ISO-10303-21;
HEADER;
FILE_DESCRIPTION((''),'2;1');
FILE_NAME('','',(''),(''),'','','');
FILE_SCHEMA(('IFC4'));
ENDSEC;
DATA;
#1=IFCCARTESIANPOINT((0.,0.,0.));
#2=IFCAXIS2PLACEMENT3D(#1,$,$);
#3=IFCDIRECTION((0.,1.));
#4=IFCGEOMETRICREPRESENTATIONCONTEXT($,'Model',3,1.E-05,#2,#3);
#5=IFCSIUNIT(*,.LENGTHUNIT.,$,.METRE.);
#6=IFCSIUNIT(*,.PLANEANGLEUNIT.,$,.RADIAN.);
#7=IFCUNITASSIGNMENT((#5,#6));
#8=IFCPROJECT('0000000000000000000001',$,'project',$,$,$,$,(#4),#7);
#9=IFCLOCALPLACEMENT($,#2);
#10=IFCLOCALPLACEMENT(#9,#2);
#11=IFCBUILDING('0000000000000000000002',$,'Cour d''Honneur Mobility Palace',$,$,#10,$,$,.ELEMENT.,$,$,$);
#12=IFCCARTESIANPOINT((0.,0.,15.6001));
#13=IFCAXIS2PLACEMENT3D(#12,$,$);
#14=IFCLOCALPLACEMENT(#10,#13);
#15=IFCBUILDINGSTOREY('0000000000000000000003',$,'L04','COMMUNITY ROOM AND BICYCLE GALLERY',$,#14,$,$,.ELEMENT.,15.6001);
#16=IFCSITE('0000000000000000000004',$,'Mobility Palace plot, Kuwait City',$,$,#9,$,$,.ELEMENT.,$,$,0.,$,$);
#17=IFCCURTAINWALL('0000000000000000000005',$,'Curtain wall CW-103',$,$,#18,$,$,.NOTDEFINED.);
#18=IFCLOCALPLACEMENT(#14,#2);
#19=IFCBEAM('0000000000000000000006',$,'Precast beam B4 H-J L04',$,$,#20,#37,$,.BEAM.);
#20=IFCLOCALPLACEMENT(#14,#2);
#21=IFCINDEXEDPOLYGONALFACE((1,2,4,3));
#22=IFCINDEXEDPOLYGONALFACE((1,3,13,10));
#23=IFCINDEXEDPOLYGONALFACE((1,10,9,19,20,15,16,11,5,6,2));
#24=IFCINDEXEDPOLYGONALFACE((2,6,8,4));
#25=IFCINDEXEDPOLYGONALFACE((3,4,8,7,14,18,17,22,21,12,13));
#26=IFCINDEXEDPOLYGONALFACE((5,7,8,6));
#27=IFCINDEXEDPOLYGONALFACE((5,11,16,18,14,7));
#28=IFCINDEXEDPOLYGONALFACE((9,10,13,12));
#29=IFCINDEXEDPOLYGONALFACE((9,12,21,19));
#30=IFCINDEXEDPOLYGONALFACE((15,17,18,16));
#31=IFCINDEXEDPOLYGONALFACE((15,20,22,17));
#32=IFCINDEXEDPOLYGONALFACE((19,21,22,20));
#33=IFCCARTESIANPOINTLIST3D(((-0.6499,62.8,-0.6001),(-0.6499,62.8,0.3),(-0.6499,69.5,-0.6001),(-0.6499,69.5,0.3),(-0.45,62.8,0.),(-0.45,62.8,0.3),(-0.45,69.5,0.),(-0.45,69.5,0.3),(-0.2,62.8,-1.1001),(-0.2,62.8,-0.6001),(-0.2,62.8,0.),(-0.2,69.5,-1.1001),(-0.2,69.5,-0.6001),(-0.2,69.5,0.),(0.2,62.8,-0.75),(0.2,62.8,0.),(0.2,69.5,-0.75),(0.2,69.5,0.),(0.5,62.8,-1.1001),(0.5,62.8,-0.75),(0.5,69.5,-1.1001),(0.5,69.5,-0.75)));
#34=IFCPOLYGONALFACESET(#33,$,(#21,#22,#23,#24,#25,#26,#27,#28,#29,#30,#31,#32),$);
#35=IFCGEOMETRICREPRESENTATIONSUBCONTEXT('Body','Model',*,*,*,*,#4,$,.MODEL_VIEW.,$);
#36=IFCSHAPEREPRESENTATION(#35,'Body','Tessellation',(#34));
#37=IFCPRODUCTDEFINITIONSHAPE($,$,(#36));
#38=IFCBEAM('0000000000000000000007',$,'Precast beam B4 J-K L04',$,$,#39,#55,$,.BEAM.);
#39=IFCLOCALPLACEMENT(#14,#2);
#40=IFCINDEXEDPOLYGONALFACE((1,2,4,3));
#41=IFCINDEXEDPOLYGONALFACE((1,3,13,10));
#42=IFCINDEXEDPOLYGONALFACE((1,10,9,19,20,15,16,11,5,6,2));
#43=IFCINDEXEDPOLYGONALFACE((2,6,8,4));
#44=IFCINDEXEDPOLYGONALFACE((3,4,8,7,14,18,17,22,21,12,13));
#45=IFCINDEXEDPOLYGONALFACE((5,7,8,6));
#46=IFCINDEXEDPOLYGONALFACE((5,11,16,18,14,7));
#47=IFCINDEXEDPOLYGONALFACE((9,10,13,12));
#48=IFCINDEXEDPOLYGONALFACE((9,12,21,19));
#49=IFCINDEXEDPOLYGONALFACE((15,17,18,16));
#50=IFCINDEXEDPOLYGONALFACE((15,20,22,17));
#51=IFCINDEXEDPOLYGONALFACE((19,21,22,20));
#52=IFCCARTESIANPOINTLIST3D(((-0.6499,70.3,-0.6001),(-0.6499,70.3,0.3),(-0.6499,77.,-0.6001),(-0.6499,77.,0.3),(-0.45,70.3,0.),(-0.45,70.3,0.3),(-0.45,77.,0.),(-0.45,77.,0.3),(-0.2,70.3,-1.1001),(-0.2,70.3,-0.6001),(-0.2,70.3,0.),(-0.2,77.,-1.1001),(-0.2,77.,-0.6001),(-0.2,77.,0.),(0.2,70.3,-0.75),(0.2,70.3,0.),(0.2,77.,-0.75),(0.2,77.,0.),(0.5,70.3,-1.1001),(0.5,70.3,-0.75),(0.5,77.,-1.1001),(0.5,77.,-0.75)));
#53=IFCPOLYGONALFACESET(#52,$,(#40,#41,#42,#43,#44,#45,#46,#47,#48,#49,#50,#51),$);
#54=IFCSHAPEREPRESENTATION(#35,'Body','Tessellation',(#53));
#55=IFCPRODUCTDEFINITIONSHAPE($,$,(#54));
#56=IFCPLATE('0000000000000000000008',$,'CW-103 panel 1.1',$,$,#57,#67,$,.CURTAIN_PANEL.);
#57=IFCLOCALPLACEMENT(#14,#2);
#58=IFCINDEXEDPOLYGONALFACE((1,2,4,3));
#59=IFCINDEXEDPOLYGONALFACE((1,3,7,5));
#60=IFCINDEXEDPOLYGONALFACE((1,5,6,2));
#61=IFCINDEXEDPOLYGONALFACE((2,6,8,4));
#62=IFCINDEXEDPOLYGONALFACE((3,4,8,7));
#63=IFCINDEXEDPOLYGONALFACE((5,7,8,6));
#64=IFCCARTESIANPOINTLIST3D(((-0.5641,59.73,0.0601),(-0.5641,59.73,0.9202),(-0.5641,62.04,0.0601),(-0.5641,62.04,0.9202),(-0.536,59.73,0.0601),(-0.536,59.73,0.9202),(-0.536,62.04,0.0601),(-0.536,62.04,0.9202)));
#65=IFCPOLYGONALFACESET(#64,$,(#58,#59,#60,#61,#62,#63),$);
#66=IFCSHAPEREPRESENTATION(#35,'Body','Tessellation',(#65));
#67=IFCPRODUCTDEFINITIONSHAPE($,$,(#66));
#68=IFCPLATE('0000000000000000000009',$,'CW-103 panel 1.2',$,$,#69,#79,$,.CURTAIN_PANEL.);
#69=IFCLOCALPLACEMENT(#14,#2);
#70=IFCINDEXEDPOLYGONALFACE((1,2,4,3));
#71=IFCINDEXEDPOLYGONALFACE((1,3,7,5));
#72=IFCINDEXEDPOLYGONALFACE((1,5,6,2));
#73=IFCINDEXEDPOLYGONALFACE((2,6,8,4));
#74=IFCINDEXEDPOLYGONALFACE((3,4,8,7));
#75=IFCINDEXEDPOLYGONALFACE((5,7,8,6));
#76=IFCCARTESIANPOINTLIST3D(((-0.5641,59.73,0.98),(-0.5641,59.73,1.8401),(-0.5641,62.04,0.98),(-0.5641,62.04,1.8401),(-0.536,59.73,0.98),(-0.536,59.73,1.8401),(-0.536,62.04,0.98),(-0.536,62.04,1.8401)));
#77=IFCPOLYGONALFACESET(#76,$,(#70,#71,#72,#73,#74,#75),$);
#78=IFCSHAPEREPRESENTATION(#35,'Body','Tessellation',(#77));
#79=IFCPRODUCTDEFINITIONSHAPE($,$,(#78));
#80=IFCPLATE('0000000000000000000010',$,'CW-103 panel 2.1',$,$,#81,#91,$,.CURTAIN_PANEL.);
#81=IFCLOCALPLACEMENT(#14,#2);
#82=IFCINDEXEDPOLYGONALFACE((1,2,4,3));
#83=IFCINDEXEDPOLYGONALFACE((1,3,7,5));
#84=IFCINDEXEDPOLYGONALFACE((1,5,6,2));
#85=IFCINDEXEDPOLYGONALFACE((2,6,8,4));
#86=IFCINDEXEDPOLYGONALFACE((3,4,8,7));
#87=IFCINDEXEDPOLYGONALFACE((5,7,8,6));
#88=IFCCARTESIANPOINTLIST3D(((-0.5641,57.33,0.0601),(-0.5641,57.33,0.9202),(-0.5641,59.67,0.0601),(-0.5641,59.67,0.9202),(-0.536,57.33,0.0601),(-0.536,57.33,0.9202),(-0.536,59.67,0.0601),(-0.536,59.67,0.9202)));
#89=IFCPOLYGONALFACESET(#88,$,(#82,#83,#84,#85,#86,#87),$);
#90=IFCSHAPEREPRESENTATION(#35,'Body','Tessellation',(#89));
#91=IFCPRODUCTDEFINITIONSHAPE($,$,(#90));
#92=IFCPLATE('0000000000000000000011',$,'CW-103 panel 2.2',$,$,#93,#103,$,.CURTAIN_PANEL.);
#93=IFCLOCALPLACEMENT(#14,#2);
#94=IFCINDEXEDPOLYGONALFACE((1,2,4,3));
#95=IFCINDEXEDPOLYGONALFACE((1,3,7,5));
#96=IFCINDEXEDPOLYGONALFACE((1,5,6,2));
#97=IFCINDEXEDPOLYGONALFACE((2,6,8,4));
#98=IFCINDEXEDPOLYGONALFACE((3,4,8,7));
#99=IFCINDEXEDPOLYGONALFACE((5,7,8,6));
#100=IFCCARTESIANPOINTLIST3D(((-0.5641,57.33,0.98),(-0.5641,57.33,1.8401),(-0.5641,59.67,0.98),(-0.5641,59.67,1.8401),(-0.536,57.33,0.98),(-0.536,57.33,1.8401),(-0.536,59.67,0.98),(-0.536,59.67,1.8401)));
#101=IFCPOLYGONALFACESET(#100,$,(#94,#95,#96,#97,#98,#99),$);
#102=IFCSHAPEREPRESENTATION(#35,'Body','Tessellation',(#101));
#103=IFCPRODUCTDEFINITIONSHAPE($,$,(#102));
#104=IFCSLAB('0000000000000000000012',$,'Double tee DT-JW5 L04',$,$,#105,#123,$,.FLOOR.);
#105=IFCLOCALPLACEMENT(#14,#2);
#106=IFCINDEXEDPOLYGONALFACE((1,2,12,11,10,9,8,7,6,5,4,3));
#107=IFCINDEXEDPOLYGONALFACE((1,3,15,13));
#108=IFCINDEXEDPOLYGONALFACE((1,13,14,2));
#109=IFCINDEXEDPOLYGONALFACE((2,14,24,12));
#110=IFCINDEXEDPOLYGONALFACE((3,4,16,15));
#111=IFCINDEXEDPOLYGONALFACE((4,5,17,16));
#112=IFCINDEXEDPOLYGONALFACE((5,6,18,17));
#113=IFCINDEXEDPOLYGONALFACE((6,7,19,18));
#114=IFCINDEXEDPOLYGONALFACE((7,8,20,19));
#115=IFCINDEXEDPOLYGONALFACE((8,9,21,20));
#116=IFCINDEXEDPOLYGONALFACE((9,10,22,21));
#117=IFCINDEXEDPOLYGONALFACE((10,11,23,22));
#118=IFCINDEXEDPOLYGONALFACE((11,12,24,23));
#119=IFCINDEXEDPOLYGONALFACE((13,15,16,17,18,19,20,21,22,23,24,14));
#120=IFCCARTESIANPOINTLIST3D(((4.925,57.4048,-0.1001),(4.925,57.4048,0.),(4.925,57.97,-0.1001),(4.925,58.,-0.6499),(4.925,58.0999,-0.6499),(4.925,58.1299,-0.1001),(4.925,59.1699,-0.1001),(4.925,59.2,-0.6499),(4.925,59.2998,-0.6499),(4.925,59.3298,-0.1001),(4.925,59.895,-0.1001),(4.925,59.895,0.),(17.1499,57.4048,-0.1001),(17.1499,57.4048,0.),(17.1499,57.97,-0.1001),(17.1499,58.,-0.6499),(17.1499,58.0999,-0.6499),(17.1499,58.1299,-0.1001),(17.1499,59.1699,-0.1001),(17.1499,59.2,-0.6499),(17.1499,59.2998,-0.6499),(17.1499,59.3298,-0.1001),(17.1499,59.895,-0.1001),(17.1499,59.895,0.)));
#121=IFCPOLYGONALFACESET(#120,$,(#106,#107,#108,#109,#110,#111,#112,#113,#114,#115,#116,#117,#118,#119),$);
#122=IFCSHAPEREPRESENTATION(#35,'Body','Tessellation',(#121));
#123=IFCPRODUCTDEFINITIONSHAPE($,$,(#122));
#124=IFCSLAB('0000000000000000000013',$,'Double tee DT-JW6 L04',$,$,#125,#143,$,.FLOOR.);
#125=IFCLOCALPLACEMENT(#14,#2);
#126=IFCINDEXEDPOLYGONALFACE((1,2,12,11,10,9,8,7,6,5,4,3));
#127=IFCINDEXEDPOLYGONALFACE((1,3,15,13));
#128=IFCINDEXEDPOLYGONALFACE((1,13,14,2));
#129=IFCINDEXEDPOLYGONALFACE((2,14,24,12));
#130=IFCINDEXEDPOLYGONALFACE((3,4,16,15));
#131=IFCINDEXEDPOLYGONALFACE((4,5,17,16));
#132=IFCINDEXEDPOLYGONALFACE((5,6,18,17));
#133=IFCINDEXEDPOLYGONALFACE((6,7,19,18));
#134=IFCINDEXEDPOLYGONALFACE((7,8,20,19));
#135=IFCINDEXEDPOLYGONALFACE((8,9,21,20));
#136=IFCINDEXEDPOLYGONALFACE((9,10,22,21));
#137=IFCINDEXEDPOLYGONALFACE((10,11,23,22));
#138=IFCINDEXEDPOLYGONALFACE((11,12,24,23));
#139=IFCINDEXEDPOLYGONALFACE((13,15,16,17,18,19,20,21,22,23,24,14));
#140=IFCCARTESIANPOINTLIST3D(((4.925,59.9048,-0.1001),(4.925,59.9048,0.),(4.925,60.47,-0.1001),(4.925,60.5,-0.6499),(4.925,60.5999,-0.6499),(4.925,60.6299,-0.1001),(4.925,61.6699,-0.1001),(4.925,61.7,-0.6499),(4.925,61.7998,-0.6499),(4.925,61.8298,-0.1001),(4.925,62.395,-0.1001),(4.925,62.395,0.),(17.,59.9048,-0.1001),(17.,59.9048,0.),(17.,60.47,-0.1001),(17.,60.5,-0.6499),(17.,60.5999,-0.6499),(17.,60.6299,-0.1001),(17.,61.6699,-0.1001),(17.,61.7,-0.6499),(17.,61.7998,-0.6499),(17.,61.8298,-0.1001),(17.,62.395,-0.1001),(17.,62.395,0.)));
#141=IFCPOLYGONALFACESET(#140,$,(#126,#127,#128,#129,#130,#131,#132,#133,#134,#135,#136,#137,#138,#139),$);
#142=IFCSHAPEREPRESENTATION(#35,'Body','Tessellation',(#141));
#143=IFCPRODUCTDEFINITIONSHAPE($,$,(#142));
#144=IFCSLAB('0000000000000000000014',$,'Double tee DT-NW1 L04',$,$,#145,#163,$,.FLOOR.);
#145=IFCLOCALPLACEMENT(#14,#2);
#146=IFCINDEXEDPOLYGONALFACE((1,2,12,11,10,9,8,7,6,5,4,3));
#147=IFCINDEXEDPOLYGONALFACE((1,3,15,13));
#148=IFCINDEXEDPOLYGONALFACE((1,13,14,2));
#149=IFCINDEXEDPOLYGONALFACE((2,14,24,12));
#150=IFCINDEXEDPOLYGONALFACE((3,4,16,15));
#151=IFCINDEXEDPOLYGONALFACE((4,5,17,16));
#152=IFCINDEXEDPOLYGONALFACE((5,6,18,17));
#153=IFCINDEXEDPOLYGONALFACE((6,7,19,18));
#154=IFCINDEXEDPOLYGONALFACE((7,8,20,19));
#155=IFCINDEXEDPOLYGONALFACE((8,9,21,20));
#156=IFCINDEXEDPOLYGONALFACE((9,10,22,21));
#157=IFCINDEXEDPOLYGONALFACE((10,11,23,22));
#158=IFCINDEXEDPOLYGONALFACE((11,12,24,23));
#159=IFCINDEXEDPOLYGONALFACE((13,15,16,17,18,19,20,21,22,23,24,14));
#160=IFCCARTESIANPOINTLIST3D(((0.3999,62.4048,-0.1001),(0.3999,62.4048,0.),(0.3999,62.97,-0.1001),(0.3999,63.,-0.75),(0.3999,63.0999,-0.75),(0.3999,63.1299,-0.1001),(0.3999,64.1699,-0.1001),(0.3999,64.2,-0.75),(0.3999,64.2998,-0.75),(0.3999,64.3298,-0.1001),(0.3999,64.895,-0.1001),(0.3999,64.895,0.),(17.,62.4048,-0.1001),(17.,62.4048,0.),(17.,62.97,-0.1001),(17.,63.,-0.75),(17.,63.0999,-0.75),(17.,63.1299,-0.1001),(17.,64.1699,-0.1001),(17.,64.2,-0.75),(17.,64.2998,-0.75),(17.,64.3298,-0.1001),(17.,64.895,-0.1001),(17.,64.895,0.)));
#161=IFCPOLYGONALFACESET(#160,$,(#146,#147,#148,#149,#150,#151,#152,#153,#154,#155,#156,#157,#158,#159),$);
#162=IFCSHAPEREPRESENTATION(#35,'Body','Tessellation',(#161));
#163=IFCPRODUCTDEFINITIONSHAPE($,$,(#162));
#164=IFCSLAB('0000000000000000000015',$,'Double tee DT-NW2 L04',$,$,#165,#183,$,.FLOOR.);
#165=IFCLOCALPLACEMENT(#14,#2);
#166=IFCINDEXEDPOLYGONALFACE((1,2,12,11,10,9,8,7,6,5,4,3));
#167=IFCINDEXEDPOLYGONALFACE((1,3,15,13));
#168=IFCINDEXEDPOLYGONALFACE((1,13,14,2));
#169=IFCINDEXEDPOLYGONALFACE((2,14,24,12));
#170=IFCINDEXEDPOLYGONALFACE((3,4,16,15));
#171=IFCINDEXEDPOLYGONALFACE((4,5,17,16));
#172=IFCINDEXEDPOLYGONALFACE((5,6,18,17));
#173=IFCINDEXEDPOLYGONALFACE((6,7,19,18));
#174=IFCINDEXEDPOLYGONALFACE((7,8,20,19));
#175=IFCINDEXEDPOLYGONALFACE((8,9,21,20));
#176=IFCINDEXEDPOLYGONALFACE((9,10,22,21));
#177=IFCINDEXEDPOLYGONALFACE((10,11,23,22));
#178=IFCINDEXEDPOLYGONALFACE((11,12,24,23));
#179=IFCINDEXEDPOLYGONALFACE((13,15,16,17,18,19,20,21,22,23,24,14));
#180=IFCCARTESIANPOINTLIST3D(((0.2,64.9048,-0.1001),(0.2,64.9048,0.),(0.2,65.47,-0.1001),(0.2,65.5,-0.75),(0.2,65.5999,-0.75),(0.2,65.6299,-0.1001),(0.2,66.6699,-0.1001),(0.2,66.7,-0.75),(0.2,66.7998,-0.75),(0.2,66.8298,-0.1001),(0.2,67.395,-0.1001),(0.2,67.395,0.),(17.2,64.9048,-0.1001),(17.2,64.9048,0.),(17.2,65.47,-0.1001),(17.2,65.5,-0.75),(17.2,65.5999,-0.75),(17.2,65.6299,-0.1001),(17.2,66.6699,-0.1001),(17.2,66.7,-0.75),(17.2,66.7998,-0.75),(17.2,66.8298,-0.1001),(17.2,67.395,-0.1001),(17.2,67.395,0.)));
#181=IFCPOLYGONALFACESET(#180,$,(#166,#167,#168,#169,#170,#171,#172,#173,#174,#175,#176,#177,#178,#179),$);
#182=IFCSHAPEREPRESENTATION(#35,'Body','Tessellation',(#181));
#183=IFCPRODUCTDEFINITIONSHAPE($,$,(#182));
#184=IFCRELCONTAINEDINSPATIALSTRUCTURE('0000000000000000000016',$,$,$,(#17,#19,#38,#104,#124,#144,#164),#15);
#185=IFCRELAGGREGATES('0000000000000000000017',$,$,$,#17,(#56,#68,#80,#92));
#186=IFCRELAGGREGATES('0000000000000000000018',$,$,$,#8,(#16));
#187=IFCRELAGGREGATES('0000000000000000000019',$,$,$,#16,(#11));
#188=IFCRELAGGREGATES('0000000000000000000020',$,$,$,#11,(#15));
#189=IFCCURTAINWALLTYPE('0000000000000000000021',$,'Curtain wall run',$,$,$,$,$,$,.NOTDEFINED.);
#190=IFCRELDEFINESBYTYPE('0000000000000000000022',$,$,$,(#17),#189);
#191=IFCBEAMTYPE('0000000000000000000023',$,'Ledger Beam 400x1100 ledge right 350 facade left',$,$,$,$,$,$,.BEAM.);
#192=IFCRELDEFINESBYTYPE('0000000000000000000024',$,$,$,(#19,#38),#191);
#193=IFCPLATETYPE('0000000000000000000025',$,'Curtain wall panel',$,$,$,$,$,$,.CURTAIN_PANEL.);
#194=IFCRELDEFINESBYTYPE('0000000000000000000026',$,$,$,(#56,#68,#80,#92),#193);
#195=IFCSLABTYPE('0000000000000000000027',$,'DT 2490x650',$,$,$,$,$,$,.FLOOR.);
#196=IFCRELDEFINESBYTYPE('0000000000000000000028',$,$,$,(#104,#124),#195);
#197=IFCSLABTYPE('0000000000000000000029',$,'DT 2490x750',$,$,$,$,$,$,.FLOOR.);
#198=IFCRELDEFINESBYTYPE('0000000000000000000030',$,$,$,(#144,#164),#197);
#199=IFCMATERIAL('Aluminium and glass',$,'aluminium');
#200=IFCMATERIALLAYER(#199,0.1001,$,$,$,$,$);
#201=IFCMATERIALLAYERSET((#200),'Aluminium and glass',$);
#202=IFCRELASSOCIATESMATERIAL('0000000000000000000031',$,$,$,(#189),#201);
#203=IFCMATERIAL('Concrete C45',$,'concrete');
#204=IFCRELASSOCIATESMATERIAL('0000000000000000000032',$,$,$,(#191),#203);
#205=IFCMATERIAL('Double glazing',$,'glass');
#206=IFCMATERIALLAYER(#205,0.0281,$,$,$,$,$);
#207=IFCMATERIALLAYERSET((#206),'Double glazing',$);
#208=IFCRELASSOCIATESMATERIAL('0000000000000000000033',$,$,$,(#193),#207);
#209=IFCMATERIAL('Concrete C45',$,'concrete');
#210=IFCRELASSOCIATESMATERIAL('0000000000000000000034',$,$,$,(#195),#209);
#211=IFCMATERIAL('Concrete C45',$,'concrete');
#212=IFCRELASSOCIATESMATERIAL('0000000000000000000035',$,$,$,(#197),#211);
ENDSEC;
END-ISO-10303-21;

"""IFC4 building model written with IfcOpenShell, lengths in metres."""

from ifc_helpers import new_model, si_unit, direction, frame, origin, origin_2d, place, context, subcontext, project, spatial, polyline, rectangle, outline, extrude, material, layer, layer_set, material_profile, profile_set, type_object, element, aggregate, save


model = new_model("IFC4")

# Units and contexts
model_context = context("Model", 3, precision=1e-05, world=origin(), true_north=direction((0.0, 1.0)))
body_context = subcontext(model_context, "Body", "Model", "MODEL_VIEW")
ifc_project = project(units=[si_unit("LENGTHUNIT", "METRE"), si_unit("PLANEANGLEUNIT", "RADIAN")], contexts=[model_context])

# Site, building, storey
site_placement = place(None, origin())
site = spatial("IfcSite", under=ifc_project, at=site_placement, Name="Mobility Palace plot, Kuwait City", CompositionType="ELEMENT", RefElevation=0.0)
building_placement = place(site_placement, origin())
building = spatial("IfcBuilding", under=site, at=building_placement, Name="Cour d'Honneur Mobility Palace", CompositionType="ELEMENT")
storey_placement = place(building_placement, frame((0.0, 0.0, 15.6001)))
storey = spatial("IfcBuildingStorey", under=building, at=storey_placement, Name="L04", Description="COMMUNITY ROOM AND BICYCLE GALLERY", CompositionType="ELEMENT", Elevation=15.6001)

# Curtain wall
ifc_material_1 = material(Name="Aluminium and glass", Category="aluminium")
ifc_layer_1 = layer(ifc_material_1, 0.1001)
ifc_layer_set_1 = layer_set([ifc_layer_1], Name="Aluminium and glass")
curtain_wall_type = type_object("IfcCurtainWallType", Name="Curtain wall run", PredefinedType="NOTDEFINED", material=ifc_layer_set_1)
curtain_wall_placement = place(storey_placement, origin())
curtain_wall = element("IfcCurtainWall", 1, at=curtain_wall_placement, inside=storey, type_object=curtain_wall_type, Name="Curtain wall CW-103", PredefinedType="NOTDEFINED")

# Beams
ifc_material_2 = material(Name="Concrete C45", Category="concrete")
ifc_material_profile_1 = material_profile(ifc_material_2, outline(polyline([(0.2, -1.1001), (0.2, -0.6001), (0.6499, -0.6001), (0.6499, 0.3), (0.45, 0.3), (0.45, 0.0), (0.2, 0.0), (-0.2, 0.0), (-0.2, -0.75), (-0.5, -0.75), (-0.5, -1.1001), (0.2, -1.1001)])), Name="Ledger Beam 400x1100 ledge right 350 facade left")
ifc_profile_set_1 = profile_set([ifc_material_profile_1], Name="Concrete C45")
beam_type = type_object("IfcBeamType", Name="Ledger Beam 400x1100 ledge right 350 facade left", PredefinedType="BEAM", material=ifc_profile_set_1)
for number, where, z_axis, x_axis, name in (
    (2, (0.0, 62.8, 0.0), (0.0, 1.0, 0.0), (-1.0, 0.0, 0.0), "Precast beam B4 H-J L04"),
    (3, (0.0, 70.3, 0.0), (0.0, 1.0, 0.0), (-1.0, 0.0, 0.0), "Precast beam B4 J-K L04"),
):
    element("IfcBeam", number, at=place(storey_placement, frame(where, z_axis=z_axis, x_axis=x_axis)), inside=storey, type_object=beam_type, Name=name, PredefinedType="BEAM", context=body_context, shape_type="SweptSolid", body=[
        extrude(outline(polyline([(0.2, -1.1001), (0.2, -0.6001), (0.6499, -0.6001), (0.6499, 0.3), (0.45, 0.3), (0.45, 0.0), (0.2, 0.0), (-0.2, 0.0), (-0.2, -0.75), (-0.5, -0.75), (-0.5, -1.1001), (0.2, -1.1001)])), origin(), (0.0, 0.0, 1.0), 6.7),
    ])

# Plates
ifc_material_3 = material(Name="Double glazing", Category="glass")
ifc_layer_2 = layer(ifc_material_3, 0.0281)
ifc_layer_set_2 = layer_set([ifc_layer_2], Name="Double glazing")
plate_type = type_object("IfcPlateType", Name="Curtain wall panel", PredefinedType="CURTAIN_PANEL", material=ifc_layer_set_2)
plate_1_placement = place(storey_placement, frame((-0.55, 60.885, 0.0601), z_axis=(0.0, 0.0, 1.0), x_axis=(0.0, -1.0, 0.0)))
plate_1 = element("IfcPlate", 4, at=plate_1_placement, type_object=plate_type, Name="CW-103 panel 1.1", PredefinedType="CURTAIN_PANEL", context=body_context, shape_type="SweptSolid", body=[
    extrude(rectangle(XDim=2.3101, YDim=0.0281, at=origin_2d()), origin(), (0.0, 0.0, 1.0), 0.8601),
])
plate_2_placement = place(storey_placement, frame((-0.55, 60.885, 0.98), z_axis=(0.0, 0.0, 1.0), x_axis=(0.0, -1.0, 0.0)))
plate_2 = element("IfcPlate", 5, at=plate_2_placement, type_object=plate_type, Name="CW-103 panel 1.2", PredefinedType="CURTAIN_PANEL", context=body_context, shape_type="SweptSolid", body=[
    extrude(rectangle(XDim=2.3101, YDim=0.0281, at=origin_2d()), origin(), (0.0, 0.0, 1.0), 0.8601),
])
plate_3_placement = place(storey_placement, frame((-0.55, 58.5, 0.0601), z_axis=(0.0, 0.0, 1.0), x_axis=(0.0, -1.0, 0.0)))
plate_3 = element("IfcPlate", 6, at=plate_3_placement, type_object=plate_type, Name="CW-103 panel 2.1", PredefinedType="CURTAIN_PANEL", context=body_context, shape_type="SweptSolid", body=[
    extrude(rectangle(XDim=2.3401, YDim=0.0281, at=origin_2d()), origin(), (0.0, 0.0, 1.0), 0.8601),
])
plate_4_placement = place(storey_placement, frame((-0.55, 58.5, 0.98), z_axis=(0.0, 0.0, 1.0), x_axis=(0.0, -1.0, 0.0)))
plate_4 = element("IfcPlate", 7, at=plate_4_placement, type_object=plate_type, Name="CW-103 panel 2.2", PredefinedType="CURTAIN_PANEL", context=body_context, shape_type="SweptSolid", body=[
    extrude(rectangle(XDim=2.3401, YDim=0.0281, at=origin_2d()), origin(), (0.0, 0.0, 1.0), 0.8601),
])
aggregate(curtain_wall, [plate_1, plate_2, plate_3, plate_4])

# Slabs
ifc_material_4 = material(Name="Concrete C45", Category="concrete")
ifc_material_profile_2 = material_profile(ifc_material_4, outline(polyline([(-1.2451, 0.0), (1.2451, 0.0), (1.2451, -0.1001), (0.6799, -0.1001), (0.6499, -0.6499), (0.55, -0.6499), (0.52, -0.1001), (-0.52, -0.1001), (-0.55, -0.6499), (-0.6499, -0.6499), (-0.6799, -0.1001), (-1.2451, -0.1001), (-1.2451, 0.0)])), Name="DT 2490x650")
ifc_profile_set_2 = profile_set([ifc_material_profile_2], Name="Concrete C45")
slab_type_1 = type_object("IfcSlabType", Name="DT 2490x650", PredefinedType="FLOOR", material=ifc_profile_set_2)
slab_1_placement = place(storey_placement, frame((4.925, 58.6499, 0.0), z_axis=(1.0, 0.0, 0.0), x_axis=(0.0, 1.0, 0.0)))
element("IfcSlab", 8, at=slab_1_placement, inside=storey, type_object=slab_type_1, Name="Double tee DT-JW5 L04", PredefinedType="FLOOR", context=body_context, shape_type="SweptSolid", body=[
    extrude(outline(polyline([(-1.2451, 0.0), (1.2451, 0.0), (1.2451, -0.1001), (0.6799, -0.1001), (0.6499, -0.6499), (0.55, -0.6499), (0.52, -0.1001), (-0.52, -0.1001), (-0.55, -0.6499), (-0.6499, -0.6499), (-0.6799, -0.1001), (-1.2451, -0.1001), (-1.2451, 0.0)])), origin(), (0.0, 0.0, 1.0), 12.2249),
])
slab_2_placement = place(storey_placement, frame((4.925, 61.1499, 0.0), z_axis=(1.0, 0.0, 0.0), x_axis=(0.0, 1.0, 0.0)))
element("IfcSlab", 9, at=slab_2_placement, inside=storey, type_object=slab_type_1, Name="Double tee DT-JW6 L04", PredefinedType="FLOOR", context=body_context, shape_type="SweptSolid", body=[
    extrude(outline(polyline([(-1.2451, 0.0), (1.2451, 0.0), (1.2451, -0.1001), (0.6799, -0.1001), (0.6499, -0.6499), (0.55, -0.6499), (0.52, -0.1001), (-0.52, -0.1001), (-0.55, -0.6499), (-0.6499, -0.6499), (-0.6799, -0.1001), (-1.2451, -0.1001), (-1.2451, 0.0)])), origin(), (0.0, 0.0, 1.0), 12.075),
])
ifc_material_5 = material(Name="Concrete C45", Category="concrete")
ifc_material_profile_3 = material_profile(ifc_material_5, outline(polyline([(-1.2451, 0.0), (1.2451, 0.0), (1.2451, -0.1001), (0.6799, -0.1001), (0.6499, -0.75), (0.55, -0.75), (0.52, -0.1001), (-0.52, -0.1001), (-0.55, -0.75), (-0.6499, -0.75), (-0.6799, -0.1001), (-1.2451, -0.1001), (-1.2451, 0.0)])), Name="DT 2490x750")
ifc_profile_set_3 = profile_set([ifc_material_profile_3], Name="Concrete C45")
slab_type_2 = type_object("IfcSlabType", Name="DT 2490x750", PredefinedType="FLOOR", material=ifc_profile_set_3)
slab_3_placement = place(storey_placement, frame((0.3999, 63.6499, 0.0), z_axis=(1.0, 0.0, 0.0), x_axis=(0.0, 1.0, 0.0)))
element("IfcSlab", 10, at=slab_3_placement, inside=storey, type_object=slab_type_2, Name="Double tee DT-NW1 L04", PredefinedType="FLOOR", context=body_context, shape_type="SweptSolid", body=[
    extrude(outline(polyline([(-1.2451, 0.0), (1.2451, 0.0), (1.2451, -0.1001), (0.6799, -0.1001), (0.6499, -0.75), (0.55, -0.75), (0.52, -0.1001), (-0.52, -0.1001), (-0.55, -0.75), (-0.6499, -0.75), (-0.6799, -0.1001), (-1.2451, -0.1001), (-1.2451, 0.0)])), origin(), (0.0, 0.0, 1.0), 16.6001),
])
slab_4_placement = place(storey_placement, frame((0.2, 66.1499, 0.0), z_axis=(1.0, 0.0, 0.0), x_axis=(0.0, 1.0, 0.0)))
element("IfcSlab", 11, at=slab_4_placement, inside=storey, type_object=slab_type_2, Name="Double tee DT-NW2 L04", PredefinedType="FLOOR", context=body_context, shape_type="SweptSolid", body=[
    extrude(outline(polyline([(-1.2451, 0.0), (1.2451, 0.0), (1.2451, -0.1001), (0.6799, -0.1001), (0.6499, -0.75), (0.55, -0.75), (0.52, -0.1001), (-0.52, -0.1001), (-0.55, -0.75), (-0.6499, -0.75), (-0.6799, -0.1001), (-1.2451, -0.1001), (-1.2451, 0.0)])), origin(), (0.0, 0.0, 1.0), 17.0),
])

save(model, "model.ifc")
